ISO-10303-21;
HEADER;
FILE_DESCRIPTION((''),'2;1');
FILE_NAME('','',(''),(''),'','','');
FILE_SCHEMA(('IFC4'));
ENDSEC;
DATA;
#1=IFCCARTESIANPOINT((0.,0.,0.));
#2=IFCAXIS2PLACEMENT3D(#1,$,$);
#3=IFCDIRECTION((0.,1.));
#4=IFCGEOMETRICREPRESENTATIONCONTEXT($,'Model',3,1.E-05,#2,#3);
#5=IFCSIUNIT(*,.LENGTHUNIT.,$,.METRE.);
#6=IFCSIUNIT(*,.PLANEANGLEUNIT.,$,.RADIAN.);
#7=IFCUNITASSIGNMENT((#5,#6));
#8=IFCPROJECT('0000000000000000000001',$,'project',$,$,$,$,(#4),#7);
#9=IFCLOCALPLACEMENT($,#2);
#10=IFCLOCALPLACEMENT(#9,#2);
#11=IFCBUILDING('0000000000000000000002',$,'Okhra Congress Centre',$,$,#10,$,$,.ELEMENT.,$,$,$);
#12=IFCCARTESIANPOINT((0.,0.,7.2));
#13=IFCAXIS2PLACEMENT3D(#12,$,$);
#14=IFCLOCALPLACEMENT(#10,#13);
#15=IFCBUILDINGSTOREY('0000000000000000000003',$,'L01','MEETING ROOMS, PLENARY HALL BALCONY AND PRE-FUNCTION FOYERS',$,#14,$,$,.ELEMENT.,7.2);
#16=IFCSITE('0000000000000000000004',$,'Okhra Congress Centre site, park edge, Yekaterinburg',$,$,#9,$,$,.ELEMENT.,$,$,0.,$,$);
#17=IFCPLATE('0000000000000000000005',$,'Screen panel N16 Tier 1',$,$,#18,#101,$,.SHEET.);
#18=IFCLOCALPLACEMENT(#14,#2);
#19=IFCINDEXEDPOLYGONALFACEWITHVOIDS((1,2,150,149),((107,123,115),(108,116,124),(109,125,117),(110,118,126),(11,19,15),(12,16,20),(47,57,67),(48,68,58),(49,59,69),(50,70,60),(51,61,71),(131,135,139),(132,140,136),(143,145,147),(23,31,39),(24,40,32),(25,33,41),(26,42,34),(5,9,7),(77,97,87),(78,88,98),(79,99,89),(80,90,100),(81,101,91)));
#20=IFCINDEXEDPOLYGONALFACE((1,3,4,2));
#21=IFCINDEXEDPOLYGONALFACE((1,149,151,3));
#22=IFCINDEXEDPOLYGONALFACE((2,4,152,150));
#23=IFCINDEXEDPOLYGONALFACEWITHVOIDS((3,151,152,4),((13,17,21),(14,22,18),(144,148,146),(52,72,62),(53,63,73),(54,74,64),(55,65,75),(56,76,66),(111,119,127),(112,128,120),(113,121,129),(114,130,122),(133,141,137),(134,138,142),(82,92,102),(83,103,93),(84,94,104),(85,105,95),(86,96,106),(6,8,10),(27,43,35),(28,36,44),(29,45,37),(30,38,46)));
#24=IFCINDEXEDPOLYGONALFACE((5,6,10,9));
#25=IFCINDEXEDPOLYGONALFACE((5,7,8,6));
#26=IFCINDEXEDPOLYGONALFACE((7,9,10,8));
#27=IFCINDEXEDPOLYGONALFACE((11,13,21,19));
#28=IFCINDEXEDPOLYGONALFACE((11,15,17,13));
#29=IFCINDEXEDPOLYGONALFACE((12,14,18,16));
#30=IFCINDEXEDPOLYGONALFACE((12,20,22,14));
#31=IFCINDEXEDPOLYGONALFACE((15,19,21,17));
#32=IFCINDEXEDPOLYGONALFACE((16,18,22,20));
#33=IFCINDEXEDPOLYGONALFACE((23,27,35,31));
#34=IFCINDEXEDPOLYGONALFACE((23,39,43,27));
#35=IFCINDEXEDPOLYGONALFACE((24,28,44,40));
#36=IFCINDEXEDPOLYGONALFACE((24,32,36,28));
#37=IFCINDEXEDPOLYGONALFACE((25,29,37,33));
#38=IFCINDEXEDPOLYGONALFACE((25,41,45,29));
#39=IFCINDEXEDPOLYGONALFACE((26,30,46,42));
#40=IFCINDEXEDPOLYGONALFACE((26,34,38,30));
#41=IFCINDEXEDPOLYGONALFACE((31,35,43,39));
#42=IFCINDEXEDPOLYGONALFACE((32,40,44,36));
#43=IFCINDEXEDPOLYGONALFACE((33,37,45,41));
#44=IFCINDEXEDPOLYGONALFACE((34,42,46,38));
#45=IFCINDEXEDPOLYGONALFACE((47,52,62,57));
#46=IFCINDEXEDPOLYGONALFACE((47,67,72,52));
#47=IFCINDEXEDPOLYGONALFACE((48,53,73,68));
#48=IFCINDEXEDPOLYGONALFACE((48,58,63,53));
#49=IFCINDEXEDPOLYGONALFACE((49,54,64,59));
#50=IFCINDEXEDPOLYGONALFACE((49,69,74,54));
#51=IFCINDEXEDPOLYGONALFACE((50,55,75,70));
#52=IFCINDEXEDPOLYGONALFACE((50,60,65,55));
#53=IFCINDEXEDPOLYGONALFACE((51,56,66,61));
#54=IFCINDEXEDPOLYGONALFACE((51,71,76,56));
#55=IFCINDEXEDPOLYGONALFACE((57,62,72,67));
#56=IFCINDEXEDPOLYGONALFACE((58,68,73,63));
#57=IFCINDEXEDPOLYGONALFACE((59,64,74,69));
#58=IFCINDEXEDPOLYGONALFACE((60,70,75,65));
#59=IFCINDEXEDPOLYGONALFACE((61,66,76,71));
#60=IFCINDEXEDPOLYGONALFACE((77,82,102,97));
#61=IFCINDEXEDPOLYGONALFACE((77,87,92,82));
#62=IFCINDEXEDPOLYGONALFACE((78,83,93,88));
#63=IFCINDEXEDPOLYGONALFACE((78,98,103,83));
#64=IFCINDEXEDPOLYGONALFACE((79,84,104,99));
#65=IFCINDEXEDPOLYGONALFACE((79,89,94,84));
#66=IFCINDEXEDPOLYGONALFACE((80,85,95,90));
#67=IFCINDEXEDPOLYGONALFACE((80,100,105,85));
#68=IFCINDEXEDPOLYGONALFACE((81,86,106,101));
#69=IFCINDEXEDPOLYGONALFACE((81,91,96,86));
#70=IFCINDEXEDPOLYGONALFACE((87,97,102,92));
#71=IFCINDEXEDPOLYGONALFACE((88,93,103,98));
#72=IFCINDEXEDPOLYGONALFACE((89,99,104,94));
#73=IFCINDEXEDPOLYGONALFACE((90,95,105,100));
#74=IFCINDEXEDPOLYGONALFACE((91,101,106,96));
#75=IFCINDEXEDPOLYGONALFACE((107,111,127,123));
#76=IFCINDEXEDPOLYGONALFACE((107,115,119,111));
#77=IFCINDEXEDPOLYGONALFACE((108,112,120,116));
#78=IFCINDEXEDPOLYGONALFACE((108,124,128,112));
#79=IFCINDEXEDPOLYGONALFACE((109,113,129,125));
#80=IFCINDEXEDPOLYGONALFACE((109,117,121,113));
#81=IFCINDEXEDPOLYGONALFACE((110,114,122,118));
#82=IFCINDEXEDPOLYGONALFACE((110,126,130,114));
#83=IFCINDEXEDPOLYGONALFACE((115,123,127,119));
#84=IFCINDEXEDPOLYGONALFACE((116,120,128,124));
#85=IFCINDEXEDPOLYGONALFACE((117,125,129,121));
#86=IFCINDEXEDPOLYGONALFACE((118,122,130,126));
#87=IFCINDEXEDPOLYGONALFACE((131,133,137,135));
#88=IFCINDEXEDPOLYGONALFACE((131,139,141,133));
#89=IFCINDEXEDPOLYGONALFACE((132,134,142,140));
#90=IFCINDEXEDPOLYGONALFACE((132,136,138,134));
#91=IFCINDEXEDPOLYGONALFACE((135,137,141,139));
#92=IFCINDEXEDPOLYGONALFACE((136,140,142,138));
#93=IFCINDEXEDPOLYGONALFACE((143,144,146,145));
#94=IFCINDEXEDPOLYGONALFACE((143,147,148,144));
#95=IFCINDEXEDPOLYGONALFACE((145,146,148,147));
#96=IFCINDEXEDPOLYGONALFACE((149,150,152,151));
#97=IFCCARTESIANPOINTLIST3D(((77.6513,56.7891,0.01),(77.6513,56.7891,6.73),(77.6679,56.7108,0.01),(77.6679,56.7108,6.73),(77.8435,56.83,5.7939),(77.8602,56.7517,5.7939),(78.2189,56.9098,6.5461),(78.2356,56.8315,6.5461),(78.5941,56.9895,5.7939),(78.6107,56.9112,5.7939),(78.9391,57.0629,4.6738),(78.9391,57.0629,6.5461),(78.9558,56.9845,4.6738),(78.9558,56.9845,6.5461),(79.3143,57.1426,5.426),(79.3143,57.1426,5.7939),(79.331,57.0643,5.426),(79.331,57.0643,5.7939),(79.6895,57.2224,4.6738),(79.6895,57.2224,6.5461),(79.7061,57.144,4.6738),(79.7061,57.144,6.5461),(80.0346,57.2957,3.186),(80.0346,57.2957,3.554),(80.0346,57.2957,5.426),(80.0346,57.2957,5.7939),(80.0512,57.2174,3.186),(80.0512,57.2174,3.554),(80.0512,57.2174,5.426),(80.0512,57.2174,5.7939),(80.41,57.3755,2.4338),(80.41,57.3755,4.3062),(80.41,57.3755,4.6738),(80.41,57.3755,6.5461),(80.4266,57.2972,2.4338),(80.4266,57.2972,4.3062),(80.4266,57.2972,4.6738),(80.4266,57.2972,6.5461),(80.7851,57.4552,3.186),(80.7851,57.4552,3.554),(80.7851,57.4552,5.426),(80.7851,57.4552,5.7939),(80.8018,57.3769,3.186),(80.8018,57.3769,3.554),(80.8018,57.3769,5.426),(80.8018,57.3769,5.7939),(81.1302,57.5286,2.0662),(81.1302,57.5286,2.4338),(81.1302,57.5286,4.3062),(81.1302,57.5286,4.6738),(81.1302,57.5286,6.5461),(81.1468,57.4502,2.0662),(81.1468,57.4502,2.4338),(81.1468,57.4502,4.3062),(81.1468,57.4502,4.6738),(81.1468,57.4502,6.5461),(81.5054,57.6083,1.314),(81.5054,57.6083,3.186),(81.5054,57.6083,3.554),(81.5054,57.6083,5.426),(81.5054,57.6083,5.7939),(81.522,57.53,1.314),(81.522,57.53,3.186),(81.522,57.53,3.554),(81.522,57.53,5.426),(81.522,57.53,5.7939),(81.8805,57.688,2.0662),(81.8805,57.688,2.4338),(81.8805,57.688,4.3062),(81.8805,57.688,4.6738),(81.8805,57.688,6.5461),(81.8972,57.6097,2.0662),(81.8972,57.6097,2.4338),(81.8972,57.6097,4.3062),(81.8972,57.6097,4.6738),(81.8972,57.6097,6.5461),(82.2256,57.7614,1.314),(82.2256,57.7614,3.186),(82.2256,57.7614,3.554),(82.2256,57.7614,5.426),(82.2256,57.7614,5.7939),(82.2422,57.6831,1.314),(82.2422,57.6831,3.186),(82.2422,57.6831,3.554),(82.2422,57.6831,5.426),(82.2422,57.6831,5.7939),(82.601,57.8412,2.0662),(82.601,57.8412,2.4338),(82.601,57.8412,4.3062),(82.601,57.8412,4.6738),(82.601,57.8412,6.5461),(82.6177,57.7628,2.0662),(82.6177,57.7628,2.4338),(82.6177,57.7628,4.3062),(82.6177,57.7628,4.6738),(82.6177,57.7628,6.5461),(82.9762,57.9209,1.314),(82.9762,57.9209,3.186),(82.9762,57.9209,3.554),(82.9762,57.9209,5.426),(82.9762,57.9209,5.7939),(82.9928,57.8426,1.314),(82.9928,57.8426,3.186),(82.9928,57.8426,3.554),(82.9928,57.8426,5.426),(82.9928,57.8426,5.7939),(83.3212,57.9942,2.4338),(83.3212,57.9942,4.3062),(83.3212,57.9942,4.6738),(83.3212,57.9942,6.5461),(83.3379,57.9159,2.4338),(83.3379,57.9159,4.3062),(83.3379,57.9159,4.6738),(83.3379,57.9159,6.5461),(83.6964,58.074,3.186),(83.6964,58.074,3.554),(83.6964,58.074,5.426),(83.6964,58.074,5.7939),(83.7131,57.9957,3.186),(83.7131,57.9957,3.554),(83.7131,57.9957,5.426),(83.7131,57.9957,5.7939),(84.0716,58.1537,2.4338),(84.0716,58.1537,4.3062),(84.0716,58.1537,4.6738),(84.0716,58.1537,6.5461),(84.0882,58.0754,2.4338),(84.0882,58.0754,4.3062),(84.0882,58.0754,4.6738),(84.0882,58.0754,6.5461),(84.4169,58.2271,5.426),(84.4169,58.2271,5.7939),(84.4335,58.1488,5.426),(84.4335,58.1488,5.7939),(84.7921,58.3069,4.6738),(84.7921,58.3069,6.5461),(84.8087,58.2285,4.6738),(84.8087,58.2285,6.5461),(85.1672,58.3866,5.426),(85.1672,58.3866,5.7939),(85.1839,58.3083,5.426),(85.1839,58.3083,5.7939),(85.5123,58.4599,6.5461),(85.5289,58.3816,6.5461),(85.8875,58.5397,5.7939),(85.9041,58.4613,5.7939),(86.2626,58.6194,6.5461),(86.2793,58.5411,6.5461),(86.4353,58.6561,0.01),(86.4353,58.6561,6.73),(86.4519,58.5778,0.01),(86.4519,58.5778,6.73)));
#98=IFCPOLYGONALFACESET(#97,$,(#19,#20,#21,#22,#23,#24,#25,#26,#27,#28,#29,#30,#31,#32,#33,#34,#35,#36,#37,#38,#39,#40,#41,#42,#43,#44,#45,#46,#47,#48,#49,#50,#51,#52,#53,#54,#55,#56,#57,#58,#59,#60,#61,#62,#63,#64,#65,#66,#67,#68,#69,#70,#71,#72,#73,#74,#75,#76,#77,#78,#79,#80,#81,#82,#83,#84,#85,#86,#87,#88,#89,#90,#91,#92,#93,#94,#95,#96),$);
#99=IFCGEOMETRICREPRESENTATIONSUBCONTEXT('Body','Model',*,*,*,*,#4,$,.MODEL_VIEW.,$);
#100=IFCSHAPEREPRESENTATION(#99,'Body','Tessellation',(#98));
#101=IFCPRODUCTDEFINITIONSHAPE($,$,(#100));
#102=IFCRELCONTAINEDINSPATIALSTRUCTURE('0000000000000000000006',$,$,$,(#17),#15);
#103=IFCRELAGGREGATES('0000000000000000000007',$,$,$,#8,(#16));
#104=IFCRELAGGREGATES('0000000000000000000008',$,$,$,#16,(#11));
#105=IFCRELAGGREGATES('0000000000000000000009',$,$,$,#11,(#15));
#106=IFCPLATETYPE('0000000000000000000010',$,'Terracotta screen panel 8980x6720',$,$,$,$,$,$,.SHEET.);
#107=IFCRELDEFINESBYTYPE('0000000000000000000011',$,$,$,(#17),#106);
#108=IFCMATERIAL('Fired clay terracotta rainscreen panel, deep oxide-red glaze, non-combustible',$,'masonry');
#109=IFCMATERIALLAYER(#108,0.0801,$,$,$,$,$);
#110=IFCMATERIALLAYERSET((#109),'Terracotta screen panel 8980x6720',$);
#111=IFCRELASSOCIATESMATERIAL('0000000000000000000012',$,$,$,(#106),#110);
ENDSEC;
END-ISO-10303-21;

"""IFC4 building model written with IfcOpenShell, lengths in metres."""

from ifc_helpers import new_model, si_unit, direction, frame, origin, place, context, subcontext, project, spatial, polyline, outline, extrude, material, layer, layer_set, type_object, element, save


model = new_model("IFC4")

# Units and contexts
model_context = context("Model", 3, precision=1e-05, world=origin(), true_north=direction((0.0, 1.0)))
body_context = subcontext(model_context, "Body", "Model", "MODEL_VIEW")
ifc_project = project(units=[si_unit("LENGTHUNIT", "METRE"), si_unit("PLANEANGLEUNIT", "RADIAN")], contexts=[model_context])

# Site, building, storey
site_placement = place(None, origin())
site = spatial("IfcSite", under=ifc_project, at=site_placement, Name="Okhra Congress Centre site, park edge, Yekaterinburg", CompositionType="ELEMENT", RefElevation=0.0)
building_placement = place(site_placement, origin())
building = spatial("IfcBuilding", under=site, at=building_placement, Name="Okhra Congress Centre", CompositionType="ELEMENT")
storey_placement = place(building_placement, frame((0.0, 0.0, 7.2)))
storey = spatial("IfcBuildingStorey", under=building, at=storey_placement, Name="L01", Description="MEETING ROOMS, PLENARY HALL BALCONY AND PRE-FUNCTION FOYERS", CompositionType="ELEMENT", Elevation=7.2)

# Plate
ifc_material_1 = material(Name="Fired clay terracotta rainscreen panel, deep oxide-red glaze, non-combustible", Category="masonry")
ifc_layer_1 = layer(ifc_material_1, 0.0801)
ifc_layer_set_1 = layer_set([ifc_layer_1], Name="Terracotta screen panel 8980x6720")
plate_type = type_object("IfcPlateType", Name="Terracotta screen panel 8980x6720", PredefinedType="SHEET", material=ifc_layer_set_1)
plate_1_placement = place(storey_placement, frame((86.4436, 58.6169, 0.01), z_axis=(0.0, 0.0, 1.0), x_axis=(-0.978151, -0.207897, 0.0)))
element("IfcPlate", 1, at=plate_1_placement, inside=storey, type_object=plate_type, Name="Screen panel N16 Tier 1", PredefinedType="SHEET", context=body_context, shape_type="SweptSolid", body=[
    extrude(outline(polyline([(0.0, 0.0), (8.9802, 0.0), (8.9802, 6.72), (0.0, 6.72), (0.0, 0.0)]), holes=[polyline([(3.5364, 1.304), (4.3037, 1.304), (3.9199, 2.0562), (3.5364, 1.304)]), polyline([(4.6565, 2.0562), (5.04, 1.304), (5.4236, 2.0562), (4.6565, 2.0562)]), polyline([(2.4165, 2.4238), (3.1836, 2.4238), (2.8, 3.176), (2.4165, 2.4238)]), polyline([(3.5364, 3.176), (3.9199, 2.4238), (4.3037, 3.176), (3.5364, 3.176)]), polyline([(4.6565, 2.4238), (5.4236, 2.4238), (5.04, 3.176), (4.6565, 2.4238)]), polyline([(5.7764, 3.176), (6.1599, 2.4238), (6.5437, 3.176), (5.7764, 3.176)]), polyline([(2.4165, 4.2961), (2.8, 3.5439), (3.1836, 4.2961), (2.4165, 4.2961)]), polyline([(3.5364, 3.5439), (4.3037, 3.5439), (3.9199, 4.2961), (3.5364, 3.5439)]), polyline([(4.6565, 4.2961), (5.04, 3.5439), (5.4236, 4.2961), (4.6565, 4.2961)]), polyline([(5.7764, 3.5439), (6.5437, 3.5439), (6.1599, 4.2961), (5.7764, 3.5439)]), polyline([(1.2964, 5.416), (1.6799, 4.6638), (2.0635, 5.416), (1.2964, 5.416)]), polyline([(2.4165, 4.6638), (3.1836, 4.6638), (2.8, 5.416), (2.4165, 4.6638)]), polyline([(3.5364, 5.416), (3.9199, 4.6638), (4.3037, 5.416), (3.5364, 5.416)]), polyline([(4.6565, 4.6638), (5.4236, 4.6638), (5.04, 5.416), (4.6565, 4.6638)]), polyline([(5.7764, 5.416), (6.1599, 4.6638), (6.5437, 5.416), (5.7764, 5.416)]), polyline([(6.8965, 4.6638), (7.6636, 4.6638), (7.28, 5.416), (6.8965, 4.6638)]), polyline([(0.1765, 6.5361), (0.5601, 5.7839), (0.9436, 6.5361), (0.1765, 6.5361)]), polyline([(1.2964, 5.7839), (2.0635, 5.7839), (1.6799, 6.5361), (1.2964, 5.7839)]), polyline([(2.4165, 6.5361), (2.8, 5.7839), (3.1836, 6.5361), (2.4165, 6.5361)]), polyline([(3.5364, 5.7839), (4.3037, 5.7839), (3.9199, 6.5361), (3.5364, 5.7839)]), polyline([(4.6565, 6.5361), (5.04, 5.7839), (5.4236, 6.5361), (4.6565, 6.5361)]), polyline([(5.7764, 5.7839), (6.5437, 5.7839), (6.1599, 6.5361), (5.7764, 5.7839)]), polyline([(6.8965, 6.5361), (7.28, 5.7839), (7.6636, 6.5361), (6.8965, 6.5361)]), polyline([(8.0164, 5.7839), (8.7837, 5.7839), (8.3999, 6.5361), (8.0164, 5.7839)])]), frame((0.0, 0.04, 0.0), z_axis=(0.0, -1.0, 0.0), x_axis=(1.0, 0.0, 0.0)), (0.0, 0.0, 1.0), 0.0801),
])

save(model, "model.ifc")
